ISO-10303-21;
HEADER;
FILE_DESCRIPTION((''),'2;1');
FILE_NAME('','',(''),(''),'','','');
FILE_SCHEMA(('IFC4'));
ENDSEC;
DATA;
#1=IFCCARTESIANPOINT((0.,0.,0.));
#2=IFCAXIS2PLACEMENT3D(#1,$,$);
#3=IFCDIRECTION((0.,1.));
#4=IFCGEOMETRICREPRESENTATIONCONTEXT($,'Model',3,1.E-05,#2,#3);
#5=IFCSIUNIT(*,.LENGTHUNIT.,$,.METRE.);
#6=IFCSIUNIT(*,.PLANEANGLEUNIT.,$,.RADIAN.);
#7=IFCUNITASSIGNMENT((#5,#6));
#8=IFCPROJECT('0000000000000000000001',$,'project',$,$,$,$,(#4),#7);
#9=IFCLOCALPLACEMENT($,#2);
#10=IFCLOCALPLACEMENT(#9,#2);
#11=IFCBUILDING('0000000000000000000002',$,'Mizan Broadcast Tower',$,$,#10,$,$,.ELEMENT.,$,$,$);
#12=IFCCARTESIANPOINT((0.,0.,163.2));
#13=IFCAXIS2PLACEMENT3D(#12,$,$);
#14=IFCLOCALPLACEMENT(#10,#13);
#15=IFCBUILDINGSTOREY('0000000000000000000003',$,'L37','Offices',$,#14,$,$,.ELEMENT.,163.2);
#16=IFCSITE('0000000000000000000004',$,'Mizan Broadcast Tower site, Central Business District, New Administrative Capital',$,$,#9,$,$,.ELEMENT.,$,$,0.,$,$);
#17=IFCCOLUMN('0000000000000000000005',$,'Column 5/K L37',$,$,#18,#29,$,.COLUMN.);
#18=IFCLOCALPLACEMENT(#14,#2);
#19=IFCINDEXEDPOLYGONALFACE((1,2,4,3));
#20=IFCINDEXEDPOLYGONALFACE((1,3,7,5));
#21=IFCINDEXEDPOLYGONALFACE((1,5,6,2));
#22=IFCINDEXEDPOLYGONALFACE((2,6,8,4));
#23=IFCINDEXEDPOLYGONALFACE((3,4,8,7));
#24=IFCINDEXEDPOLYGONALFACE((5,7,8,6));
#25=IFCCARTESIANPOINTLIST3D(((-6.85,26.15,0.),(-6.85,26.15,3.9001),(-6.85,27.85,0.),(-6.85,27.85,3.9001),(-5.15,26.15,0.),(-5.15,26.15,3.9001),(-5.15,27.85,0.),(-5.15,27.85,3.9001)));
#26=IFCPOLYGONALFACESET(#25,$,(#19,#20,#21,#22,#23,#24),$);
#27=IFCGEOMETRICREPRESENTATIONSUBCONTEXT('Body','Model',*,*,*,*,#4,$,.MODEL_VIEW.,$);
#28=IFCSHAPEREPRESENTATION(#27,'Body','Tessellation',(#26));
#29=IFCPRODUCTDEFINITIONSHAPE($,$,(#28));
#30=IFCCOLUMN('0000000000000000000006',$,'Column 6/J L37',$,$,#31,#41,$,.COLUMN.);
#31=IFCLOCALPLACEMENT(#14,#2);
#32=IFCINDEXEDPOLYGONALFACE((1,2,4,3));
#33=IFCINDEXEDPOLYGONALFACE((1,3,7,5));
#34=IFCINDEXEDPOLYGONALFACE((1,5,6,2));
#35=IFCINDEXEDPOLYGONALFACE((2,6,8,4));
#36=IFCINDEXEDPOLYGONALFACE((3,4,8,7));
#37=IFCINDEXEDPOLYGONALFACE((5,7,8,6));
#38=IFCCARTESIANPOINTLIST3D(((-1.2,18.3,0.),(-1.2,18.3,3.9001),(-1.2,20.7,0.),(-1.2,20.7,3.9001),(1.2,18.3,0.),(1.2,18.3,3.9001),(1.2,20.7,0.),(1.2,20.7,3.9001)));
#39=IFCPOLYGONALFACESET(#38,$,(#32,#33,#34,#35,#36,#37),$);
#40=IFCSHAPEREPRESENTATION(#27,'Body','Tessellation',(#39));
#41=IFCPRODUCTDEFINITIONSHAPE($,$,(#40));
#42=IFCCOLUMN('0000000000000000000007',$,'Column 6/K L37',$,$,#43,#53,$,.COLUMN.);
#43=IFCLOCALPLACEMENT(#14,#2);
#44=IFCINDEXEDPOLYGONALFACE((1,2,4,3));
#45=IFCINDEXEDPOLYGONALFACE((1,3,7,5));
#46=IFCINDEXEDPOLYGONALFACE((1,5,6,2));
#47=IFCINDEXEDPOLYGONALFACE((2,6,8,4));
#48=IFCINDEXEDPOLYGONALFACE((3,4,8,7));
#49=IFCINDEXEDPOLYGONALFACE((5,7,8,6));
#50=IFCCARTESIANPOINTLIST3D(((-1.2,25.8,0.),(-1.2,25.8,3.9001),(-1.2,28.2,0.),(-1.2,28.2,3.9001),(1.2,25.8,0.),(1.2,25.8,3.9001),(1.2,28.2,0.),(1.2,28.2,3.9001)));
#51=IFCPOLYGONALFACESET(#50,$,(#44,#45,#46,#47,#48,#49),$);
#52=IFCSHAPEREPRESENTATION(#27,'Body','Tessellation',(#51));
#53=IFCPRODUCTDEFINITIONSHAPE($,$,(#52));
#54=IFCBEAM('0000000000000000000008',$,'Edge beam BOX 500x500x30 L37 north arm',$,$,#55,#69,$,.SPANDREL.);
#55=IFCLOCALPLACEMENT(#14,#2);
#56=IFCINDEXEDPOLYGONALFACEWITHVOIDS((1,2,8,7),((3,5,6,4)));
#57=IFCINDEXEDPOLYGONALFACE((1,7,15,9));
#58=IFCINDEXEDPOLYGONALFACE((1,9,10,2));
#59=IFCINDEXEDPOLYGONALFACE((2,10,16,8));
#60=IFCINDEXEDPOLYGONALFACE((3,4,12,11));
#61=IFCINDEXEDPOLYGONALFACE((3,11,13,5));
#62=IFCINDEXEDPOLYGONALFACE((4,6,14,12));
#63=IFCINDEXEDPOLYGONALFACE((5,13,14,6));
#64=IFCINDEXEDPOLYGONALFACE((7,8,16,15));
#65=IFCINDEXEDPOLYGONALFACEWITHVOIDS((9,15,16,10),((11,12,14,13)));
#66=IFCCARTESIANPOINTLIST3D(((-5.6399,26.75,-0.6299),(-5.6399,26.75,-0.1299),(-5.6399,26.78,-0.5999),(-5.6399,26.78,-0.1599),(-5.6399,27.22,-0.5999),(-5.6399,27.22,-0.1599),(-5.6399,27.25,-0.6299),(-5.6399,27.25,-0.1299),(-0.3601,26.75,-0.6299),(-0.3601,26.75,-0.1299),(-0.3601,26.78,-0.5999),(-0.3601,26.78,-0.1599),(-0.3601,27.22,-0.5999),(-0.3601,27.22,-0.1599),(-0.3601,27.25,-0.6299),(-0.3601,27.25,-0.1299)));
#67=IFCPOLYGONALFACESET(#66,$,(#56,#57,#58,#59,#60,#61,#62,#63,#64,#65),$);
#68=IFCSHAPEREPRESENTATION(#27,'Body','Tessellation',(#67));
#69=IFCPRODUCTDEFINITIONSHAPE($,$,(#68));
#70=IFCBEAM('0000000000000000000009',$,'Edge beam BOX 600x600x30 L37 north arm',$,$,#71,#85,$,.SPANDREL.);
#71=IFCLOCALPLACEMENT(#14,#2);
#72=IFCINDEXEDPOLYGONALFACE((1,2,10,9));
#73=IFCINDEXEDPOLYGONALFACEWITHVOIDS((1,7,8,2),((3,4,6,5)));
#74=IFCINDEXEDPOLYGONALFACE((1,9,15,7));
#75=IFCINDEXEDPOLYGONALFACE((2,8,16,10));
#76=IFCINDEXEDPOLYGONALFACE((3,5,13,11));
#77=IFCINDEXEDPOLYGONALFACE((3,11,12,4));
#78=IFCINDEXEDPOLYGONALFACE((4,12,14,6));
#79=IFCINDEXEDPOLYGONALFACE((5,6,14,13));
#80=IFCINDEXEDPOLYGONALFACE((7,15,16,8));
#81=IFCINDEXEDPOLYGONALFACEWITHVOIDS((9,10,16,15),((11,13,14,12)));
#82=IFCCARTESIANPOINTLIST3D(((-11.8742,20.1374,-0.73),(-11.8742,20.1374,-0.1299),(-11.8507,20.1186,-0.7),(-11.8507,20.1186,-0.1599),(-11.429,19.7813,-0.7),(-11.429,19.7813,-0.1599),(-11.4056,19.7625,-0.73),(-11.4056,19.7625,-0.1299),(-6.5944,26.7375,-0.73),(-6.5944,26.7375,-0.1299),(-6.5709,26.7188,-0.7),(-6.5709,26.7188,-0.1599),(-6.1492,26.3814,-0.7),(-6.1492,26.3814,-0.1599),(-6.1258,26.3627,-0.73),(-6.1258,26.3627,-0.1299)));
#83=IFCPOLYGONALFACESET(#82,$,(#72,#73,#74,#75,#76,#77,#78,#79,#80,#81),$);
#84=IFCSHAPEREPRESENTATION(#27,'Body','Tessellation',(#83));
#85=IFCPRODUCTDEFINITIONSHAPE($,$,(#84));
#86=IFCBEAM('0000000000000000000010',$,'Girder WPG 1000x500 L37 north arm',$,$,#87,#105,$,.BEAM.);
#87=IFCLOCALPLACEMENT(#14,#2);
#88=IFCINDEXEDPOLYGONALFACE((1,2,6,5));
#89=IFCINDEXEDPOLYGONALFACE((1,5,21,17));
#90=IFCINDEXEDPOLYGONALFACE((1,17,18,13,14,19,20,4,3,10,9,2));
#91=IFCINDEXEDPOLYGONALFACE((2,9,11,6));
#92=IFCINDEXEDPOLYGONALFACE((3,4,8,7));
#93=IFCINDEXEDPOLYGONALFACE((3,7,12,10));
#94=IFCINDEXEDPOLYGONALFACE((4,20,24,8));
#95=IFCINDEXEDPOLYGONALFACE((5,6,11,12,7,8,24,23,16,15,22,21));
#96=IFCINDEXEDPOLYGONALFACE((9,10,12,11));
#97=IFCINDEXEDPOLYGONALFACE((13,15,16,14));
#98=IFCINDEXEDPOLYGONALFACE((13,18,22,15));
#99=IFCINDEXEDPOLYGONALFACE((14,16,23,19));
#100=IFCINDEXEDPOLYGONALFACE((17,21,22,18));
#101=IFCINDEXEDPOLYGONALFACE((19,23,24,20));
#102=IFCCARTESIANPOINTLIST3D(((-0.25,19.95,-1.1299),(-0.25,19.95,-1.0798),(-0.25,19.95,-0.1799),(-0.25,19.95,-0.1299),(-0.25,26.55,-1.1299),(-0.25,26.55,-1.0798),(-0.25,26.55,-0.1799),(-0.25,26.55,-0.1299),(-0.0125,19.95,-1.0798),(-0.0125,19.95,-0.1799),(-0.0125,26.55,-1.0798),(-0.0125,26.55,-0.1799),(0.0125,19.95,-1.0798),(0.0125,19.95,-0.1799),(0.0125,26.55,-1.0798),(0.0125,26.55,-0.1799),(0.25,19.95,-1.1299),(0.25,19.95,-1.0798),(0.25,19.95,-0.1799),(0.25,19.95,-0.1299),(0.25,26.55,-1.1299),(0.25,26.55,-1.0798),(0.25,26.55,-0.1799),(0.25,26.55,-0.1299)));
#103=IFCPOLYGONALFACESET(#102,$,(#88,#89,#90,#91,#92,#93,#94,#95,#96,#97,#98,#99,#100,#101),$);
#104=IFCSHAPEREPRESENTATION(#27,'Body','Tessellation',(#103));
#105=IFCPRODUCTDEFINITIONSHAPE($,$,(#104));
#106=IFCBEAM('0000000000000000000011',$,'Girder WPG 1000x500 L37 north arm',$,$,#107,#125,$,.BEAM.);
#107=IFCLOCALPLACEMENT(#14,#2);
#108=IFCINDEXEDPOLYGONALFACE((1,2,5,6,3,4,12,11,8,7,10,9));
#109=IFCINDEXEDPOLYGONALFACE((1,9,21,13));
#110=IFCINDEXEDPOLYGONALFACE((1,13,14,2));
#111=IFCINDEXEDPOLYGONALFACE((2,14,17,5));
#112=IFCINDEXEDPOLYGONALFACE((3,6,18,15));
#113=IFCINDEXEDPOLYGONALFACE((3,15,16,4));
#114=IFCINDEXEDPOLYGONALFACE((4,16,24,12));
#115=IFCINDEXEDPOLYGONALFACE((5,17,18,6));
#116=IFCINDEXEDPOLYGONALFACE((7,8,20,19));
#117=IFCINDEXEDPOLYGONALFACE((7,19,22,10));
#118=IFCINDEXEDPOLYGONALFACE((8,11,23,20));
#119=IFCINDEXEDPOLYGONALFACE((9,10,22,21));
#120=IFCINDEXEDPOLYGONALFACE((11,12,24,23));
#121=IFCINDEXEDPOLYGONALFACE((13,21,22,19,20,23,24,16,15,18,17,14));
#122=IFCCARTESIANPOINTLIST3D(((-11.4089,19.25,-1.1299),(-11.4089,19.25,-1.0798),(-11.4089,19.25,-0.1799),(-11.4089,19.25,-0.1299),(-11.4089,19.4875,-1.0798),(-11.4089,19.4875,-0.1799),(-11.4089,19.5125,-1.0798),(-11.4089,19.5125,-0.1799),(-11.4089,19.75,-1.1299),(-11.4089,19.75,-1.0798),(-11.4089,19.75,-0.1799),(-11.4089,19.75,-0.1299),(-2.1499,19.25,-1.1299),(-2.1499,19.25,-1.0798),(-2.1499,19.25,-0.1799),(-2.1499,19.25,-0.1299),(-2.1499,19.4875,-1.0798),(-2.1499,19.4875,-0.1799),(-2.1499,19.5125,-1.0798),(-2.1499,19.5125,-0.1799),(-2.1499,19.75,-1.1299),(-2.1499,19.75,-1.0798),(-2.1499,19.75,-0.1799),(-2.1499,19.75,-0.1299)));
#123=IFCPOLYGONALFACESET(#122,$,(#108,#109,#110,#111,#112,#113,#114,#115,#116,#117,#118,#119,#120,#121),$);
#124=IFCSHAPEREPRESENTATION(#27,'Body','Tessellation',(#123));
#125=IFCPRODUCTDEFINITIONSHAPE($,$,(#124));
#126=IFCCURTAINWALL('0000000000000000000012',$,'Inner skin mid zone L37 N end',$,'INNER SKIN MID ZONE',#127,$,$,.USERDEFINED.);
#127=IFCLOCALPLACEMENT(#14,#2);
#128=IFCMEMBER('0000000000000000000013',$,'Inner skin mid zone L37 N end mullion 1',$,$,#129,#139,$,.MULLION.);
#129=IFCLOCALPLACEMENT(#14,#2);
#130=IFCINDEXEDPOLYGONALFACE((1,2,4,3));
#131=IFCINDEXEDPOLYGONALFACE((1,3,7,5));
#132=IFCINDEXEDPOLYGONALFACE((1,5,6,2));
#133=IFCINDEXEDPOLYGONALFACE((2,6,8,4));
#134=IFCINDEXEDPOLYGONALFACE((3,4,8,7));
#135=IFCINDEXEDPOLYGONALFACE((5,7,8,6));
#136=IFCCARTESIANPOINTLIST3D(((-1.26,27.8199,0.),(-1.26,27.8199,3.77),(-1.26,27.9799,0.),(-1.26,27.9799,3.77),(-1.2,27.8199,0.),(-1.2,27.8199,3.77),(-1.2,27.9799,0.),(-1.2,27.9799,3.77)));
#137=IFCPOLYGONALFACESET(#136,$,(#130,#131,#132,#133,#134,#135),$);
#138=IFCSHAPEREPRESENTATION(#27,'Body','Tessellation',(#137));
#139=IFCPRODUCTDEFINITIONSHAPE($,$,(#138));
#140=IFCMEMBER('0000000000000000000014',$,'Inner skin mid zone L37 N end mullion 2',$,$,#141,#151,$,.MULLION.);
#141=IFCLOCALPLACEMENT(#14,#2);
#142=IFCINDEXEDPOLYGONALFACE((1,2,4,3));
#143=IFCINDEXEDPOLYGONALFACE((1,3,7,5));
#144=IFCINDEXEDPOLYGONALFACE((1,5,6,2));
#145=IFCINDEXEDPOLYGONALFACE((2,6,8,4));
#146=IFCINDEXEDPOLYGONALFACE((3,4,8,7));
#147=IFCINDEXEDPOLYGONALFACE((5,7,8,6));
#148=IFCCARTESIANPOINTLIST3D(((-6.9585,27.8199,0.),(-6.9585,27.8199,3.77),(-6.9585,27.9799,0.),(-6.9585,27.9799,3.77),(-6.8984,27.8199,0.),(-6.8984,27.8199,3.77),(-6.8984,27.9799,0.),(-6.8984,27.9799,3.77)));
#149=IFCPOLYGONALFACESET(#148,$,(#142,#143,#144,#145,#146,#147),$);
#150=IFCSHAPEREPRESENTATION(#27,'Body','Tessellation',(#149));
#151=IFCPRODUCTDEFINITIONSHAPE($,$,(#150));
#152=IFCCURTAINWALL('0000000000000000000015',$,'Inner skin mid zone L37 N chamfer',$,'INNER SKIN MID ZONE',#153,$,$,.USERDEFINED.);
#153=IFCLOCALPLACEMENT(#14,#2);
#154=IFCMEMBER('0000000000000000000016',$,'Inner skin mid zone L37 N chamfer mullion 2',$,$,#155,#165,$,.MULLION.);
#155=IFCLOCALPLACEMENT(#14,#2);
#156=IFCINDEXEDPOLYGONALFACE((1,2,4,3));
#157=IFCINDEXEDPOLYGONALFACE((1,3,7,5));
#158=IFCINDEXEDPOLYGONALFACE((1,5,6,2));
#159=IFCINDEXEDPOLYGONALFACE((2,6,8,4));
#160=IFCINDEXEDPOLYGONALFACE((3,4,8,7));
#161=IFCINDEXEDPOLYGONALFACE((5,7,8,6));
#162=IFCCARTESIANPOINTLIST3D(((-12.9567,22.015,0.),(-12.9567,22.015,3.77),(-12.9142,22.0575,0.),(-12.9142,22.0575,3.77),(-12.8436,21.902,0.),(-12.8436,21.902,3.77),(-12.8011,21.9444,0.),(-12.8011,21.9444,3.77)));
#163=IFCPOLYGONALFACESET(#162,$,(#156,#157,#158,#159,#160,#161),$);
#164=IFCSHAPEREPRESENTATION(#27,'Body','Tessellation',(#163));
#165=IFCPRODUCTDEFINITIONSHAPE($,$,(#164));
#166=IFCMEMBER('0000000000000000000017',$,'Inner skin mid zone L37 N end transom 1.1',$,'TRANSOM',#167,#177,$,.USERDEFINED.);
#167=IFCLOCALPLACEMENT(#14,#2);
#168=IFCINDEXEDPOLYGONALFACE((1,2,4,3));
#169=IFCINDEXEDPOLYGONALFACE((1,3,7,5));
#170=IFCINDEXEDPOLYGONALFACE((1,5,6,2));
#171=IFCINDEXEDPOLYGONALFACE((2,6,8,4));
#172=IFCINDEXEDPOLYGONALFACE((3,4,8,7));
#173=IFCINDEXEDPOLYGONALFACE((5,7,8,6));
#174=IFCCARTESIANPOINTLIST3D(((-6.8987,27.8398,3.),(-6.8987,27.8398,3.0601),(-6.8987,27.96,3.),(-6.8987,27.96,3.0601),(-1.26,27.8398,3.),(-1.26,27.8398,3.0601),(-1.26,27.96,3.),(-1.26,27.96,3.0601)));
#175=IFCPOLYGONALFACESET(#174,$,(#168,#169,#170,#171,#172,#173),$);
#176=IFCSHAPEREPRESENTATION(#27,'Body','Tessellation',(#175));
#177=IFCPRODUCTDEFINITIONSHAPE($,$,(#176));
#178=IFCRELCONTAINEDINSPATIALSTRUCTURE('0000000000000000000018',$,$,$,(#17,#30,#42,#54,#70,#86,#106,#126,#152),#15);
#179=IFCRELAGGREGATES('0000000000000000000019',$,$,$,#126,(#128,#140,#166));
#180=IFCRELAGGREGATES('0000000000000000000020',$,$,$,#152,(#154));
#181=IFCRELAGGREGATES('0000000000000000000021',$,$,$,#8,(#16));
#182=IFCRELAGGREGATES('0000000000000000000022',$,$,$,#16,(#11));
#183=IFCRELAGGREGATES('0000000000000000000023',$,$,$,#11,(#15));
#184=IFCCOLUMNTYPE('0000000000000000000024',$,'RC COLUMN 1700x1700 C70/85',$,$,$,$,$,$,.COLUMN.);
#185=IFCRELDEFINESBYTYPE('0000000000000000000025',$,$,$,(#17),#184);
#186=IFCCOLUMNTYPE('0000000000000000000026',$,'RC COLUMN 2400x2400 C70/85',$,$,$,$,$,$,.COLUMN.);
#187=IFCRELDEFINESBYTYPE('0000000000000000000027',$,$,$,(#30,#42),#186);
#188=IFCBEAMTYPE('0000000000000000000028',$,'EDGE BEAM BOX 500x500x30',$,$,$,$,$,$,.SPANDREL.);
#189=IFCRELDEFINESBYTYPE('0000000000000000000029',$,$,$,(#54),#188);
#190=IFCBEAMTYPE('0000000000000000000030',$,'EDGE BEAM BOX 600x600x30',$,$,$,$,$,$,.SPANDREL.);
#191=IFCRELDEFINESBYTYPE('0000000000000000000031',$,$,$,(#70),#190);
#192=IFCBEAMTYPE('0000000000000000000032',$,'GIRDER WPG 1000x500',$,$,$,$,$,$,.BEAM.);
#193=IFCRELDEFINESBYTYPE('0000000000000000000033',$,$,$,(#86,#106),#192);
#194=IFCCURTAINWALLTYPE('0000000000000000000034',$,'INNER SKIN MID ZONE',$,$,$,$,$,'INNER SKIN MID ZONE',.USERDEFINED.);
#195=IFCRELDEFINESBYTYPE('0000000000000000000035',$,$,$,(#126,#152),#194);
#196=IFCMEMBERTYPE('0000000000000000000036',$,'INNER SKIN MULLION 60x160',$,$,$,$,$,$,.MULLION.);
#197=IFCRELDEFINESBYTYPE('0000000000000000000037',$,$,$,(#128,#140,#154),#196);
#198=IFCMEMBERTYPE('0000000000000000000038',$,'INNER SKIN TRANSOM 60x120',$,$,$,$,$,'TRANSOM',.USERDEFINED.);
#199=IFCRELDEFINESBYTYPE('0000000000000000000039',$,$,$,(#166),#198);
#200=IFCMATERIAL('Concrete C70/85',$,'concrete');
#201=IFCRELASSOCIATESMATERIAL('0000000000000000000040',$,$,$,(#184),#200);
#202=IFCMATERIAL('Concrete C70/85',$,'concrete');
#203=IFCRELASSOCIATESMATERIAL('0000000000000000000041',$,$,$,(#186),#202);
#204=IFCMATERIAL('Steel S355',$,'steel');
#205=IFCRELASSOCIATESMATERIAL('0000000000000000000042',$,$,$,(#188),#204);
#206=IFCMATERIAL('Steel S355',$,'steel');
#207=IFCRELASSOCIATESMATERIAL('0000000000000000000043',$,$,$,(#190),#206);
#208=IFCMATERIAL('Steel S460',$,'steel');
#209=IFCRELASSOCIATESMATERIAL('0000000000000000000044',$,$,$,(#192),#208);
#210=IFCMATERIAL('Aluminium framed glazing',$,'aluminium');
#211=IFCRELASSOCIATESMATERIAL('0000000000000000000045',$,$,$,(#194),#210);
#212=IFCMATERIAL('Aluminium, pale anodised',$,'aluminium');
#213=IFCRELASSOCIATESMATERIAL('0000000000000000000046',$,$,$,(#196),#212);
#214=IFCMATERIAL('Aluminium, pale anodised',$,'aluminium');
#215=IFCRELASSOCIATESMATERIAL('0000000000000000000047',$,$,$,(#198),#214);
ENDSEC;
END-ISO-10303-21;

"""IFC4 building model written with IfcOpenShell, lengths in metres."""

from ifc_helpers import new_model, si_unit, direction, frame, origin, origin_2d, place, context, subcontext, project, spatial, rectangle, hollow_rectangle, i_section, extrude, material, material_profile, profile_set, type_object, element, aggregate, save


model = new_model("IFC4")

# Units and contexts
model_context = context("Model", 3, precision=1e-05, world=origin(), true_north=direction((0.0, 1.0)))
body_context = subcontext(model_context, "Body", "Model", "MODEL_VIEW")
ifc_project = project(units=[si_unit("LENGTHUNIT", "METRE"), si_unit("PLANEANGLEUNIT", "RADIAN")], contexts=[model_context])

# Site, building, storey
site_placement = place(None, origin())
site = spatial("IfcSite", under=ifc_project, at=site_placement, Name="Mizan Broadcast Tower site, Central Business District, New Administrative Capital", CompositionType="ELEMENT", RefElevation=0.0)
building_placement = place(site_placement, origin())
building = spatial("IfcBuilding", under=site, at=building_placement, Name="Mizan Broadcast Tower", CompositionType="ELEMENT")
storey_placement = place(building_placement, frame((0.0, 0.0, 163.2)))
storey = spatial("IfcBuildingStorey", under=building, at=storey_placement, Name="L37", Description="Offices", CompositionType="ELEMENT", Elevation=163.2)

# Columns
ifc_material_1 = material(Name="Concrete C70/85", Category="concrete")
ifc_material_profile_1 = material_profile(ifc_material_1, rectangle(XDim=1.7, YDim=1.7, at=origin_2d()), Name="RC 1700x1700")
ifc_profile_set_1 = profile_set([ifc_material_profile_1], Name="Concrete C70/85")
column_type_1 = type_object("IfcColumnType", Name="RC COLUMN 1700x1700 C70/85", PredefinedType="COLUMN", material=ifc_profile_set_1)
column_placement = place(storey_placement, frame((-6.0, 27.0, 0.0), z_axis=(0.0, 0.0, 1.0), x_axis=(1.0, 0.0, 0.0)))
element("IfcColumn", 1, at=column_placement, inside=storey, type_object=column_type_1, Name="Column 5/K L37", PredefinedType="COLUMN", context=body_context, shape_type="SweptSolid", body=[
    extrude(rectangle(XDim=1.7, YDim=1.7, at=origin_2d()), origin(), (0.0, 0.0, 1.0), 3.9001),
])
ifc_material_2 = material(Name="Concrete C70/85", Category="concrete")
ifc_material_profile_2 = material_profile(ifc_material_2, rectangle(XDim=2.3999, YDim=2.3999, at=origin_2d()), Name="RC 2400x2400")
ifc_profile_set_2 = profile_set([ifc_material_profile_2], Name="Concrete C70/85")
column_type_2 = type_object("IfcColumnType", Name="RC COLUMN 2400x2400 C70/85", PredefinedType="COLUMN", material=ifc_profile_set_2)
for number, where, z_axis, x_axis, name in (
    (2, (0.0, 19.5, 0.0), (0.0, 0.0, 1.0), (1.0, 0.0, 0.0), "Column 6/J L37"),
    (3, (0.0, 27.0, 0.0), (0.0, 0.0, 1.0), (1.0, 0.0, 0.0), "Column 6/K L37"),
):
    element("IfcColumn", number, at=place(storey_placement, frame(where, z_axis=z_axis, x_axis=x_axis)), inside=storey, type_object=column_type_2, Name=name, PredefinedType="COLUMN", context=body_context, shape_type="SweptSolid", body=[
        extrude(rectangle(XDim=2.3999, YDim=2.3999, at=origin_2d()), origin(), (0.0, 0.0, 1.0), 3.9001),
    ])

# Beams
ifc_material_3 = material(Name="Steel S355", Category="steel")
ifc_material_profile_3 = material_profile(ifc_material_3, hollow_rectangle(XDim=0.5, YDim=0.5, WallThickness=0.03, at=origin_2d()), Name="BOX 500x500x30")
ifc_profile_set_3 = profile_set([ifc_material_profile_3], Name="Steel S355")
beam_type_1 = type_object("IfcBeamType", Name="EDGE BEAM BOX 500x500x30", PredefinedType="SPANDREL", material=ifc_profile_set_3)
beam_1_placement = place(storey_placement, frame((-5.6399, 27.0, -0.3799), z_axis=(1.0, 0.0, 0.0), x_axis=(0.0, 1.0, 0.0)))
element("IfcBeam", 4, at=beam_1_placement, inside=storey, type_object=beam_type_1, Name="Edge beam BOX 500x500x30 L37 north arm", PredefinedType="SPANDREL", context=body_context, shape_type="SweptSolid", body=[
    extrude(hollow_rectangle(XDim=0.5, YDim=0.5, WallThickness=0.03, at=origin_2d()), origin(), (0.0, 0.0, 1.0), 5.2798),
])
ifc_material_4 = material(Name="Steel S355", Category="steel")
ifc_material_profile_4 = material_profile(ifc_material_4, hollow_rectangle(XDim=0.6001, YDim=0.6001, WallThickness=0.03, at=origin_2d()), Name="BOX 600x600x30")
ifc_profile_set_4 = profile_set([ifc_material_profile_4], Name="Steel S355")
beam_type_2 = type_object("IfcBeamType", Name="EDGE BEAM BOX 600x600x30", PredefinedType="SPANDREL", material=ifc_profile_set_4)
beam_2_placement = place(storey_placement, frame((-11.6399, 19.95, -0.4299), z_axis=(0.624674, 0.780886, 0.0), x_axis=(-0.780886, 0.624674, 0.0)))
element("IfcBeam", 5, at=beam_2_placement, inside=storey, type_object=beam_type_2, Name="Edge beam BOX 600x600x30 L37 north arm", PredefinedType="SPANDREL", context=body_context, shape_type="SweptSolid", body=[
    extrude(hollow_rectangle(XDim=0.6001, YDim=0.6001, WallThickness=0.03, at=origin_2d()), origin(), (0.0, 0.0, 1.0), 8.4521),
])
ifc_material_5 = material(Name="Steel S460", Category="steel")
ifc_material_profile_5 = material_profile(ifc_material_5, i_section(OverallWidth=0.5, OverallDepth=1.0, WebThickness=0.0249, FlangeThickness=0.05, at=origin_2d()), Name="WPG 1000x500")
ifc_profile_set_5 = profile_set([ifc_material_profile_5], Name="Steel S460")
beam_type_3 = type_object("IfcBeamType", Name="GIRDER WPG 1000x500", PredefinedType="BEAM", material=ifc_profile_set_5)
beam_3_placement = place(storey_placement, frame((0.0, 19.95, -0.6299), z_axis=(0.0, 1.0, 0.0), x_axis=(-1.0, 0.0, 0.0)))
element("IfcBeam", 6, at=beam_3_placement, inside=storey, type_object=beam_type_3, Name="Girder WPG 1000x500 L37 north arm", PredefinedType="BEAM", context=body_context, shape_type="SweptSolid", body=[
    extrude(i_section(OverallWidth=0.5, OverallDepth=1.0, WebThickness=0.0249, FlangeThickness=0.05, at=origin_2d()), origin(), (0.0, 0.0, 1.0), 6.6001),
])
beam_4_placement = place(storey_placement, frame((-11.4089, 19.5, -0.6299), z_axis=(1.0, 0.0, 0.0), x_axis=(0.0, 1.0, 0.0)))
element("IfcBeam", 7, at=beam_4_placement, inside=storey, type_object=beam_type_3, Name="Girder WPG 1000x500 L37 north arm", PredefinedType="BEAM", context=body_context, shape_type="SweptSolid", body=[
    extrude(i_section(OverallWidth=0.5, OverallDepth=1.0, WebThickness=0.0249, FlangeThickness=0.05, at=origin_2d()), origin(), (0.0, 0.0, 1.0), 9.259),
])

# Curtain wall, members
ifc_material_6 = material(Name="Aluminium framed glazing", Category="aluminium")
curtain_wall_type_1 = type_object("IfcCurtainWallType", Name="INNER SKIN MID ZONE", ElementType="INNER SKIN MID ZONE", PredefinedType="USERDEFINED", material=ifc_material_6)
curtain_wall_1_placement = place(storey_placement, origin())
curtain_wall_1 = element("IfcCurtainWall", 8, at=curtain_wall_1_placement, inside=storey, type_object=curtain_wall_type_1, Name="Inner skin mid zone L37 N end", ObjectType="INNER SKIN MID ZONE", PredefinedType="USERDEFINED")
ifc_material_7 = material(Name="Aluminium, pale anodised", Category="aluminium")
ifc_material_profile_6 = material_profile(ifc_material_7, rectangle(XDim=0.1599, YDim=0.0601, at=origin_2d()), Name="MULLION 160x60")
ifc_profile_set_6 = profile_set([ifc_material_profile_6], Name="Aluminium, pale anodised")
member_type_1 = type_object("IfcMemberType", Name="INNER SKIN MULLION 60x160", PredefinedType="MULLION", material=ifc_profile_set_6)
member_1_placement = place(storey_placement, frame((-1.23, 27.8999, 0.0), z_axis=(0.0, 0.0, 1.0), x_axis=(0.0, -1.0, 0.0)))
member_1 = element("IfcMember", 9, at=member_1_placement, type_object=member_type_1, Name="Inner skin mid zone L37 N end mullion 1", PredefinedType="MULLION", context=body_context, shape_type="SweptSolid", body=[
    extrude(rectangle(XDim=0.1599, YDim=0.0601, at=origin_2d()), origin(), (0.0, 0.0, 1.0), 3.77),
])
member_2_placement = place(storey_placement, frame((-6.9285, 27.8999, 0.0), z_axis=(0.0, 0.0, 1.0), x_axis=(0.0, -1.0, 0.0)))
member_2 = element("IfcMember", 10, at=member_2_placement, type_object=member_type_1, Name="Inner skin mid zone L37 N end mullion 2", PredefinedType="MULLION", context=body_context, shape_type="SweptSolid", body=[
    extrude(rectangle(XDim=0.1599, YDim=0.0601, at=origin_2d()), origin(), (0.0, 0.0, 1.0), 3.77),
])

# Curtain wall, member
curtain_wall_2_placement = place(storey_placement, origin())
curtain_wall_2 = element("IfcCurtainWall", 11, at=curtain_wall_2_placement, inside=storey, type_object=curtain_wall_type_1, Name="Inner skin mid zone L37 N chamfer", ObjectType="INNER SKIN MID ZONE", PredefinedType="USERDEFINED")
member_3_placement = place(storey_placement, frame((-12.8789, 21.9797, 0.0), z_axis=(0.0, 0.0, 1.0), x_axis=(0.707107, -0.707107, 0.0)))
member_3 = element("IfcMember", 12, at=member_3_placement, type_object=member_type_1, Name="Inner skin mid zone L37 N chamfer mullion 2", PredefinedType="MULLION", context=body_context, shape_type="SweptSolid", body=[
    extrude(rectangle(XDim=0.1599, YDim=0.0601, at=origin_2d()), origin(), (0.0, 0.0, 1.0), 3.77),
])

# Member
ifc_material_8 = material(Name="Aluminium, pale anodised", Category="aluminium")
ifc_material_profile_7 = material_profile(ifc_material_8, rectangle(XDim=0.1201, YDim=0.0601, at=origin_2d()), Name="TRANSOM 120x60")
ifc_profile_set_7 = profile_set([ifc_material_profile_7], Name="Aluminium, pale anodised")
member_type_2 = type_object("IfcMemberType", Name="INNER SKIN TRANSOM 60x120", ElementType="TRANSOM", PredefinedType="USERDEFINED", material=ifc_profile_set_7)
member_4_placement = place(storey_placement, frame((-1.26, 27.8999, 3.03), z_axis=(-1.0, 0.0, 0.0), x_axis=(0.0, -1.0, 0.0)))
member_4 = element("IfcMember", 13, at=member_4_placement, type_object=member_type_2, Name="Inner skin mid zone L37 N end transom 1.1", ObjectType="TRANSOM", PredefinedType="USERDEFINED", context=body_context, shape_type="SweptSolid", body=[
    extrude(rectangle(XDim=0.1201, YDim=0.0601, at=origin_2d()), origin(), (0.0, 0.0, 1.0), 5.6387),
])

aggregate(curtain_wall_1, [member_1, member_2, member_4])
aggregate(curtain_wall_2, [member_3])

save(model, "model.ifc")
